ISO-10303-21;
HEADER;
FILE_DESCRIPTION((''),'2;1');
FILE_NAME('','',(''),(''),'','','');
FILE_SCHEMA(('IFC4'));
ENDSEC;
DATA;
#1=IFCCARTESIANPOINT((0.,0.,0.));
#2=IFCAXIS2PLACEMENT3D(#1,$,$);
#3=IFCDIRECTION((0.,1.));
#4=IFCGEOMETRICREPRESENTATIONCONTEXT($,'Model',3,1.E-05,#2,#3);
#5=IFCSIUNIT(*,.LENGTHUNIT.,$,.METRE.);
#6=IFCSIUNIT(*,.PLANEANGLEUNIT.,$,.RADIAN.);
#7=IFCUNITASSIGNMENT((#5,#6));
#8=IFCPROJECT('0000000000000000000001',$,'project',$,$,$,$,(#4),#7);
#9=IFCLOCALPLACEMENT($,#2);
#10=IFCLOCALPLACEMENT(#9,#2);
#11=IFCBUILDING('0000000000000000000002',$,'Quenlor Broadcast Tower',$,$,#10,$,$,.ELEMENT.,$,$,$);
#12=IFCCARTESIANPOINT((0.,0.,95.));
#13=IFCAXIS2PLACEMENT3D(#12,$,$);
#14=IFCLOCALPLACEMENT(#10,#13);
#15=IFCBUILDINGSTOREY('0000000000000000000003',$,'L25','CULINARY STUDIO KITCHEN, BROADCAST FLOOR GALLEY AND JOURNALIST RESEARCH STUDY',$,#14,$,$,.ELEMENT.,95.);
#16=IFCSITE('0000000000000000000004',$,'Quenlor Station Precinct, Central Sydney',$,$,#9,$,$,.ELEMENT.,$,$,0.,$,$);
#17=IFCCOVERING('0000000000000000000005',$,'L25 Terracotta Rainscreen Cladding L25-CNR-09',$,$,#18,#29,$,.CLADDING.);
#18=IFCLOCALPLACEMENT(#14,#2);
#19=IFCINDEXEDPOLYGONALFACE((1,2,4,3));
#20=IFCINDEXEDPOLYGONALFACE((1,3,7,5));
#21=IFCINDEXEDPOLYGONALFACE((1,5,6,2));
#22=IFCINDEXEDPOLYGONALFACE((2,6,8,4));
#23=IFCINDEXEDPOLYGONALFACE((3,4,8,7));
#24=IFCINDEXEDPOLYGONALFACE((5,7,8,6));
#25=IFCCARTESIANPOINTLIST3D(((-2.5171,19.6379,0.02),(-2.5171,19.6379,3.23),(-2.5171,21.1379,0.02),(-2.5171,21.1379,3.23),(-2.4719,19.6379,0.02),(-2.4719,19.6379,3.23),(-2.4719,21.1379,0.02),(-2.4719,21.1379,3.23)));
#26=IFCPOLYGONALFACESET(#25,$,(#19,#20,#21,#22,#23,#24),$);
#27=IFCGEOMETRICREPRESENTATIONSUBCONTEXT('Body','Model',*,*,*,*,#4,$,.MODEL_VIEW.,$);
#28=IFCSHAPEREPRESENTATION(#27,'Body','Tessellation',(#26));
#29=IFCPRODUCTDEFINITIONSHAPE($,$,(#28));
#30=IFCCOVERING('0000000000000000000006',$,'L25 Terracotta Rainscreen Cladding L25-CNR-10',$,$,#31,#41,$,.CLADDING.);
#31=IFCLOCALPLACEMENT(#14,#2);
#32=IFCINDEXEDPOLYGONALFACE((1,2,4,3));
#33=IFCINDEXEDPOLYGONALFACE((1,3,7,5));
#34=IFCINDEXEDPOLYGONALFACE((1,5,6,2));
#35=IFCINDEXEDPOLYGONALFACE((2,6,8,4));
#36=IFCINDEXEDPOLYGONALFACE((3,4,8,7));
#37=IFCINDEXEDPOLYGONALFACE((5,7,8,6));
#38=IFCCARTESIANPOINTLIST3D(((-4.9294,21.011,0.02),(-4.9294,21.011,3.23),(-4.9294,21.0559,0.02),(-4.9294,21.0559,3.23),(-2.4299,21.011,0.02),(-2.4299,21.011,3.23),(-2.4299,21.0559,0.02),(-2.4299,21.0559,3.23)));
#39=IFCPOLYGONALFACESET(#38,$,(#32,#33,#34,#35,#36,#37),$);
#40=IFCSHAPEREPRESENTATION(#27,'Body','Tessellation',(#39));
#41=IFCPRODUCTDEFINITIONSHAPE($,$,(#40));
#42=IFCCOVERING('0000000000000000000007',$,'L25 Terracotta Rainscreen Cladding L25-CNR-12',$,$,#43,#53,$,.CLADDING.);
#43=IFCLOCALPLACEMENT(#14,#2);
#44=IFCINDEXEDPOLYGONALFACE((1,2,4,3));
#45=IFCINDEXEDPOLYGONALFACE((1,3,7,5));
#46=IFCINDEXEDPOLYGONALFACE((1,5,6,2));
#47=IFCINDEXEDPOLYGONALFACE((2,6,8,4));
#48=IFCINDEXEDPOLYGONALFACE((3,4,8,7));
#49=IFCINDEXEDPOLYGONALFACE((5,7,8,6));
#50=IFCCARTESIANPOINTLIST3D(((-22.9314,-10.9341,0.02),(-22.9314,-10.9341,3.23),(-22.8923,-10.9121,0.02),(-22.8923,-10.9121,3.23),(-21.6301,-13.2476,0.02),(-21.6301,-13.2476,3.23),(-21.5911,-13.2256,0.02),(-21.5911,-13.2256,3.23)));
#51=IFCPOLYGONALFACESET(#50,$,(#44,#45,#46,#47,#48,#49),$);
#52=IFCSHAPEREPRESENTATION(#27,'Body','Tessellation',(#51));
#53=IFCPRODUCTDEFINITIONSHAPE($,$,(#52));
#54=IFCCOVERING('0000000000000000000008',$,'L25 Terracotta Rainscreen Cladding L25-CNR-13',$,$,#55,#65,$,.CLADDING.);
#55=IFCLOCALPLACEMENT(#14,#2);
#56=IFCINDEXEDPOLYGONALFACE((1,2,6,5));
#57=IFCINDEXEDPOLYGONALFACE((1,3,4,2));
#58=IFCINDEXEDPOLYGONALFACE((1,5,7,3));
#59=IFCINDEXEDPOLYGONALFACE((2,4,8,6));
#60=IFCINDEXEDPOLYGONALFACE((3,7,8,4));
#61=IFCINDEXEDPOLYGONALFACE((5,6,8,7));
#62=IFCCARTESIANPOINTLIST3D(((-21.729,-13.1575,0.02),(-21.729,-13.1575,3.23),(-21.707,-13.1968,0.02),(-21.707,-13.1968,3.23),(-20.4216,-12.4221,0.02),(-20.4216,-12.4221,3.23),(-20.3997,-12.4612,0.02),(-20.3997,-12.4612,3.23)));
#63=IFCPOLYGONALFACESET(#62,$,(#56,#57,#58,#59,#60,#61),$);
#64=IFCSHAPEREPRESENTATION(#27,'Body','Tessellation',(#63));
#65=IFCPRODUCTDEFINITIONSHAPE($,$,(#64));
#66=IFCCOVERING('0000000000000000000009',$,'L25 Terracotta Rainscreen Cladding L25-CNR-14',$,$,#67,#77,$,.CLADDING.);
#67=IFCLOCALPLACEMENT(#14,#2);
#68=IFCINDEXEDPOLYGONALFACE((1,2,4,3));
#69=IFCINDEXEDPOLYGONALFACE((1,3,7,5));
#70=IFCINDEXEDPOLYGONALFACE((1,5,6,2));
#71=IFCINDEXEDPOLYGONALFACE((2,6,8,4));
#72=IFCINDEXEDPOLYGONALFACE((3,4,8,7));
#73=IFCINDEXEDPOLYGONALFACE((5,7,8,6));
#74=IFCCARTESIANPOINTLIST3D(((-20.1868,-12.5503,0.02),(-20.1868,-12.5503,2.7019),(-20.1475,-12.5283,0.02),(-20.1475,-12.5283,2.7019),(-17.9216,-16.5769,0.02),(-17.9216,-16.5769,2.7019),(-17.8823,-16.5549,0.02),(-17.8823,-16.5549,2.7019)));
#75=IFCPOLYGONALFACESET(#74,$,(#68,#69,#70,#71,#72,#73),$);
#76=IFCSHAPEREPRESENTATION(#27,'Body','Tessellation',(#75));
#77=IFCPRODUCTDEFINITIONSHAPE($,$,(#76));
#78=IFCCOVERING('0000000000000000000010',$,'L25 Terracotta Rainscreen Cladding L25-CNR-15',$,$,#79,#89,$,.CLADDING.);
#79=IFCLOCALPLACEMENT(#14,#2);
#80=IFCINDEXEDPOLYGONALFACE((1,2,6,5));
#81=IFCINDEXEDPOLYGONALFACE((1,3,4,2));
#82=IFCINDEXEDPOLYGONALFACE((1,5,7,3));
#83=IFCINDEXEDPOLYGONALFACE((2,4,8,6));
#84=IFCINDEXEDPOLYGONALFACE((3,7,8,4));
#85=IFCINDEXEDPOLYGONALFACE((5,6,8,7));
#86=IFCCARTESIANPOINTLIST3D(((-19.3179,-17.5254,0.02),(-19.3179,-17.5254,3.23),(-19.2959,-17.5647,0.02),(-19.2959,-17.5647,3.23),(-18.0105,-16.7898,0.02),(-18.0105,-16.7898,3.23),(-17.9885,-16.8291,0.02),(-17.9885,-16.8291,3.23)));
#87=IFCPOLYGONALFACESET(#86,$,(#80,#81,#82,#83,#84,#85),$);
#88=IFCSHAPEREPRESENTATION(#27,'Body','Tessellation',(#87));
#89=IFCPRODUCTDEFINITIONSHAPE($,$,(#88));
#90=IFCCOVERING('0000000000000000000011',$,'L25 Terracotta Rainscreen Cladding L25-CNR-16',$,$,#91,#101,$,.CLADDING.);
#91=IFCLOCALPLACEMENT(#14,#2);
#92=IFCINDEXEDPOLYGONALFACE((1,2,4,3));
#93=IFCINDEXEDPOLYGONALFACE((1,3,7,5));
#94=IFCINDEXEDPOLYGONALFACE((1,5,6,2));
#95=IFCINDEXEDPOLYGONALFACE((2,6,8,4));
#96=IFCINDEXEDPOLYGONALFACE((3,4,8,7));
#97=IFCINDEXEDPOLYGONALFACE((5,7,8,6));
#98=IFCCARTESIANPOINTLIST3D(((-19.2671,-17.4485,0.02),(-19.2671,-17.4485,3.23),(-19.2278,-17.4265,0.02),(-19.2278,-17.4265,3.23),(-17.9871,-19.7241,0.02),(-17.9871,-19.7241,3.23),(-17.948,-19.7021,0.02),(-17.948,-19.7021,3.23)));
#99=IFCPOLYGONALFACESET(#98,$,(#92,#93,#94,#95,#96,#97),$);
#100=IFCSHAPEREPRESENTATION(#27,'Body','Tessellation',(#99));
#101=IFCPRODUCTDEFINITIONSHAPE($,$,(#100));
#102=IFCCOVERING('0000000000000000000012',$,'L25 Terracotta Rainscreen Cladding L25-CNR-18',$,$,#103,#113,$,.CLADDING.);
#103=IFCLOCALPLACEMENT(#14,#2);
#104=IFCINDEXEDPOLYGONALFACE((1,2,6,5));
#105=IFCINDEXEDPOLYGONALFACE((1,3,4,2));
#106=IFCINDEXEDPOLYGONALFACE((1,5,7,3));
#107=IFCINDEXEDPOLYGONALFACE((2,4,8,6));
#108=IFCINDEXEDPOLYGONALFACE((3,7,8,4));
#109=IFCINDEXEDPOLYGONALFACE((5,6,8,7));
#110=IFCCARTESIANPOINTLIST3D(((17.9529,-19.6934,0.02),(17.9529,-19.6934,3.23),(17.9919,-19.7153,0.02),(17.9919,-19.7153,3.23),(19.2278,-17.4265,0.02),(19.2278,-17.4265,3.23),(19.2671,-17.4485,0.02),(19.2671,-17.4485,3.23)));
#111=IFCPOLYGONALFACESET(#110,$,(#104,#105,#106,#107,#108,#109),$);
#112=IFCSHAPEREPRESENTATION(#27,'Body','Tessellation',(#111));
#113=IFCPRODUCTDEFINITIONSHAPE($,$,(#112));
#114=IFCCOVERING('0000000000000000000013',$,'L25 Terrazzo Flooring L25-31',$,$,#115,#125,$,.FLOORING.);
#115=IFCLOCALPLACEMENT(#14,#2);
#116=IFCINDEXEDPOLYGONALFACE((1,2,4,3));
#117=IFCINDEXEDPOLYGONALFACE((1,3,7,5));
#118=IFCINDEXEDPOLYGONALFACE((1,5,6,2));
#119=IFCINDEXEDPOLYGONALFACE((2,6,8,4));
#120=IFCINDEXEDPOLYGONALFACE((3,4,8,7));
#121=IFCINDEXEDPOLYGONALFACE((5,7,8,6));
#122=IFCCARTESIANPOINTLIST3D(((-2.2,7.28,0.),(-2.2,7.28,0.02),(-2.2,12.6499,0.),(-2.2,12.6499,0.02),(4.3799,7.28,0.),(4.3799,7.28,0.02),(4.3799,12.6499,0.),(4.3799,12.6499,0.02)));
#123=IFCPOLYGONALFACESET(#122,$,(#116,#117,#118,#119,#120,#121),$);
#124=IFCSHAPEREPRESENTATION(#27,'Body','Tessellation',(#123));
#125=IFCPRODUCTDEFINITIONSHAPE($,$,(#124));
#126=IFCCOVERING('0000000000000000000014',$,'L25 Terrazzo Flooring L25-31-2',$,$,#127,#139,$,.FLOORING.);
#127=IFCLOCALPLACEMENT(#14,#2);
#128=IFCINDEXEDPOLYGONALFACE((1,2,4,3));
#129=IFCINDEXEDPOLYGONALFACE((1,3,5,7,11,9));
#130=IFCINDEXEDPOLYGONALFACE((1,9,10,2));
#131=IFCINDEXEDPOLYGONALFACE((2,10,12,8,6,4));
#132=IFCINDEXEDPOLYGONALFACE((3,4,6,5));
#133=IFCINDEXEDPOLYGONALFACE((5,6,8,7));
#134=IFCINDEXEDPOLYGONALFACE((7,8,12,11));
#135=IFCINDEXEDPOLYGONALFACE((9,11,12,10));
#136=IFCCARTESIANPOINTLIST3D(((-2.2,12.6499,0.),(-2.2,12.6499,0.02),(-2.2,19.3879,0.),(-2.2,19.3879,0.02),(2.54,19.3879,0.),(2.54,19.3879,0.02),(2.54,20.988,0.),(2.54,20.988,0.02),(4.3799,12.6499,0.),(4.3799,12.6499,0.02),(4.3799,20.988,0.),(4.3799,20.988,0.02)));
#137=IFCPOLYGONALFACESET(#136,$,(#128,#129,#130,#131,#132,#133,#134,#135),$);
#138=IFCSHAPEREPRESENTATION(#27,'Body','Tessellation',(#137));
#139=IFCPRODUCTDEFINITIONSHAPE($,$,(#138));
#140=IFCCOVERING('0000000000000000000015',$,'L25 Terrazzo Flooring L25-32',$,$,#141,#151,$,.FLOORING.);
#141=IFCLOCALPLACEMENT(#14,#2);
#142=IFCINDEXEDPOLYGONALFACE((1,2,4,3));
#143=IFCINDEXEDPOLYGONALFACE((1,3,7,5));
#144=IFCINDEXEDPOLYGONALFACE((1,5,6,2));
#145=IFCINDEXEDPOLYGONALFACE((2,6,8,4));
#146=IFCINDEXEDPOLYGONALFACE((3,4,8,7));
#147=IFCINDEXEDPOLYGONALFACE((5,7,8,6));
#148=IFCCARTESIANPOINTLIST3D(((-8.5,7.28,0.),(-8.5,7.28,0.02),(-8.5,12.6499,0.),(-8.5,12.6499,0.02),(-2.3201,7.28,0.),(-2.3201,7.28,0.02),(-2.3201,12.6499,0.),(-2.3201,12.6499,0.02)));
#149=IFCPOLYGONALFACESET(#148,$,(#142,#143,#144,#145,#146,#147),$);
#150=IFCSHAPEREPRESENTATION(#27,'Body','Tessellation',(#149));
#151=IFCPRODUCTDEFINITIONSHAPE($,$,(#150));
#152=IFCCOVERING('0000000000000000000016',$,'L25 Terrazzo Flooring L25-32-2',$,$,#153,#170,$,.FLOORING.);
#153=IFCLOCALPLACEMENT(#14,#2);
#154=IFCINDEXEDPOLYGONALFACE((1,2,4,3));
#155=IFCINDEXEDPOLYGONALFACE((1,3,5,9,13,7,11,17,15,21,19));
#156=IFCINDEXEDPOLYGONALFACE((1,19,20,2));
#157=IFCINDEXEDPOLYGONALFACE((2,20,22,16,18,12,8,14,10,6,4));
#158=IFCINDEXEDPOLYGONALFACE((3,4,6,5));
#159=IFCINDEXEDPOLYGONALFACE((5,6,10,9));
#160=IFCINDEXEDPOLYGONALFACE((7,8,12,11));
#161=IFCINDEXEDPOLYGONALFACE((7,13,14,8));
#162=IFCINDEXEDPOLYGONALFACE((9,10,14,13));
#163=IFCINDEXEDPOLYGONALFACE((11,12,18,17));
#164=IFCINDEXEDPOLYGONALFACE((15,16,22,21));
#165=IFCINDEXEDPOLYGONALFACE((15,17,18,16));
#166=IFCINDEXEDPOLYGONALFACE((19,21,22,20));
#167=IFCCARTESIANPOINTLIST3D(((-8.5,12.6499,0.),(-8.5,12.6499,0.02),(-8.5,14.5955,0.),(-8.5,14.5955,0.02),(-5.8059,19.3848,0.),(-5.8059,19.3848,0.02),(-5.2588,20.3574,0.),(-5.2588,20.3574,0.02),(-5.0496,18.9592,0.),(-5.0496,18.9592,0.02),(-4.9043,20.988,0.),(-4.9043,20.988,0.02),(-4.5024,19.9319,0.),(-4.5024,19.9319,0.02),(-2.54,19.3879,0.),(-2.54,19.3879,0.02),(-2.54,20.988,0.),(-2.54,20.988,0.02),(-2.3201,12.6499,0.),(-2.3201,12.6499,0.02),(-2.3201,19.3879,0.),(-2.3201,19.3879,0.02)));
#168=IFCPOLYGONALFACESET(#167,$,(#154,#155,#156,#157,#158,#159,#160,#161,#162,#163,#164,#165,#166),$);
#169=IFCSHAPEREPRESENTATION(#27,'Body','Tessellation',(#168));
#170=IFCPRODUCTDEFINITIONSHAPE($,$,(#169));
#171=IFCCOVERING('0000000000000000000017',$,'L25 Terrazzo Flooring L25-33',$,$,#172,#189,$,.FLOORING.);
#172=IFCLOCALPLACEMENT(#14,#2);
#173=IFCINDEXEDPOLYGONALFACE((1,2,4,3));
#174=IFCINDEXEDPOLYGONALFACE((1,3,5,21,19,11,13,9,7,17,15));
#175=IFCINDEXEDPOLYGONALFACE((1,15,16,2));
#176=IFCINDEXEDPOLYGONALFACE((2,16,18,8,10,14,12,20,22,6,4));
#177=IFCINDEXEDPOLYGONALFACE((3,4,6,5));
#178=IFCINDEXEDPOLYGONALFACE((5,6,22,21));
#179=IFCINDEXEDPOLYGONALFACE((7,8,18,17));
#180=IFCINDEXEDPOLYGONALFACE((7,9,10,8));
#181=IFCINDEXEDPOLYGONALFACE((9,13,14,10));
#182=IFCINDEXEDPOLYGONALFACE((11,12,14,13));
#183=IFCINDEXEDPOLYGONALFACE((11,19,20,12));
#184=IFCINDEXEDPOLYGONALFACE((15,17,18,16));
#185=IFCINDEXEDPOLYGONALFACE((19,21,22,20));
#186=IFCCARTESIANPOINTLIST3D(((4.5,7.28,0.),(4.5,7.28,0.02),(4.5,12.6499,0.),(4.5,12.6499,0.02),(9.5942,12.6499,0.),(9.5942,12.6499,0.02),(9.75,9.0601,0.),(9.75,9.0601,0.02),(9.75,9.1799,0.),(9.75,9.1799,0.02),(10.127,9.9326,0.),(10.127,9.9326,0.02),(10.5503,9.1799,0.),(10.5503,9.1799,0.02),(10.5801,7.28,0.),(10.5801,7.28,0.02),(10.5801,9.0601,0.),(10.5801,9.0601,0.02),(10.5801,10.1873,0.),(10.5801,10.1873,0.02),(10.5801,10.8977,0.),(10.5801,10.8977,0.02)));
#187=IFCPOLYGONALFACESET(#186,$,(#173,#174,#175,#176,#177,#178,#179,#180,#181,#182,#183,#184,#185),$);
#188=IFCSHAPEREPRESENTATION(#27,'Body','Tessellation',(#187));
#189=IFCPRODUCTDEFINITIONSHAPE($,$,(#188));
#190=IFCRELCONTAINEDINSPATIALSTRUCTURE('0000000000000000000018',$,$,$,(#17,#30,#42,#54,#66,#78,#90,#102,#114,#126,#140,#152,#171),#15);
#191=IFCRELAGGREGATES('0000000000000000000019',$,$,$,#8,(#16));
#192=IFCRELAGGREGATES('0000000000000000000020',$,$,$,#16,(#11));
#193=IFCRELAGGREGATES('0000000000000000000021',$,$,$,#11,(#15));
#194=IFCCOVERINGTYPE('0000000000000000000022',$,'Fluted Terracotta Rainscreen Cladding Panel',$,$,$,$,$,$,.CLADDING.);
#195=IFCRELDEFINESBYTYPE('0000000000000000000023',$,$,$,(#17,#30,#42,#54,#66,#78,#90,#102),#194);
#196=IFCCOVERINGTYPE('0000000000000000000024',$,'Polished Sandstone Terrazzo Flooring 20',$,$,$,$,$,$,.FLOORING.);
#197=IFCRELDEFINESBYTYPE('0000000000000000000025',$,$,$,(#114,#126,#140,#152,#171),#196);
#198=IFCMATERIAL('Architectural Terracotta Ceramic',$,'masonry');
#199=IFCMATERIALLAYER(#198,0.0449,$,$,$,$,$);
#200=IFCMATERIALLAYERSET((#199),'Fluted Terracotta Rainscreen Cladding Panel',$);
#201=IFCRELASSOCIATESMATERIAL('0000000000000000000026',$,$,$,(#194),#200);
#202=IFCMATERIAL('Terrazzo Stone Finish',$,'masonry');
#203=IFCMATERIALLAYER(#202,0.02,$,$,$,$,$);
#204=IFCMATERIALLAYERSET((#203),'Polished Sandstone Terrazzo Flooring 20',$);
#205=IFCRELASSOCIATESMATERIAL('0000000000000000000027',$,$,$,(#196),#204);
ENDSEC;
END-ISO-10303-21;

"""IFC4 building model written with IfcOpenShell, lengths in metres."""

from ifc_helpers import new_model, si_unit, direction, frame, origin, place, context, subcontext, project, spatial, polyline, outline, extrude, material, layer, layer_set, type_object, element, save


model = new_model("IFC4")

# Units and contexts
model_context = context("Model", 3, precision=1e-05, world=origin(), true_north=direction((0.0, 1.0)))
body_context = subcontext(model_context, "Body", "Model", "MODEL_VIEW")
ifc_project = project(units=[si_unit("LENGTHUNIT", "METRE"), si_unit("PLANEANGLEUNIT", "RADIAN")], contexts=[model_context])

# Site, building, storey
site_placement = place(None, origin())
site = spatial("IfcSite", under=ifc_project, at=site_placement, Name="Quenlor Station Precinct, Central Sydney", CompositionType="ELEMENT", RefElevation=0.0)
building_placement = place(site_placement, origin())
building = spatial("IfcBuilding", under=site, at=building_placement, Name="Quenlor Broadcast Tower", CompositionType="ELEMENT")
storey_placement = place(building_placement, frame((0.0, 0.0, 95.0)))
storey = spatial("IfcBuildingStorey", under=building, at=storey_placement, Name="L25", Description="CULINARY STUDIO KITCHEN, BROADCAST FLOOR GALLEY AND JOURNALIST RESEARCH STUDY", CompositionType="ELEMENT", Elevation=95.0)

# Coverings
ifc_material_1 = material(Name="Architectural Terracotta Ceramic", Category="masonry")
ifc_layer_1 = layer(ifc_material_1, 0.0449)
ifc_layer_set_1 = layer_set([ifc_layer_1], Name="Fluted Terracotta Rainscreen Cladding Panel")
covering_type_1 = type_object("IfcCoveringType", Name="Fluted Terracotta Rainscreen Cladding Panel", PredefinedType="CLADDING", material=ifc_layer_set_1)
covering_1_placement = place(storey_placement, frame((0.0, 0.0, 0.02)))
element("IfcCovering", 1, at=covering_1_placement, inside=storey, type_object=covering_type_1, Name="L25 Terracotta Rainscreen Cladding L25-CNR-09", PredefinedType="CLADDING", context=body_context, shape_type="SweptSolid", body=[
    extrude(outline(polyline([(-2.4719, 19.6379), (-2.4719, 21.1379), (-2.5171, 21.1379), (-2.5171, 19.6379), (-2.4719, 19.6379)])), origin(), (0.0, 0.0, 1.0), 3.21),
])
covering_2_placement = place(storey_placement, frame((0.0, 0.0, 0.02)))
element("IfcCovering", 2, at=covering_2_placement, inside=storey, type_object=covering_type_1, Name="L25 Terracotta Rainscreen Cladding L25-CNR-10", PredefinedType="CLADDING", context=body_context, shape_type="SweptSolid", body=[
    extrude(outline(polyline([(-2.4299, 21.0559), (-4.9294, 21.0559), (-4.9294, 21.011), (-2.4299, 21.011), (-2.4299, 21.0559)])), origin(), (0.0, 0.0, 1.0), 3.21),
])
covering_3_placement = place(storey_placement, frame((0.0, 0.0, 0.02)))
element("IfcCovering", 3, at=covering_3_placement, inside=storey, type_object=covering_type_1, Name="L25 Terracotta Rainscreen Cladding L25-CNR-12", PredefinedType="CLADDING", context=body_context, shape_type="SweptSolid", body=[
    extrude(outline(polyline([(-22.9314, -10.9341), (-21.6301, -13.2476), (-21.5911, -13.2256), (-22.8923, -10.9121), (-22.9314, -10.9341)])), origin(), (0.0, 0.0, 1.0), 3.21),
])
covering_4_placement = place(storey_placement, frame((0.0, 0.0, 0.02)))
element("IfcCovering", 4, at=covering_4_placement, inside=storey, type_object=covering_type_1, Name="L25 Terracotta Rainscreen Cladding L25-CNR-13", PredefinedType="CLADDING", context=body_context, shape_type="SweptSolid", body=[
    extrude(outline(polyline([(-21.707, -13.1968), (-20.3997, -12.4612), (-20.4216, -12.4221), (-21.729, -13.1575), (-21.707, -13.1968)])), origin(), (0.0, 0.0, 1.0), 3.21),
])
covering_5_placement = place(storey_placement, frame((0.0, 0.0, 0.02)))
element("IfcCovering", 5, at=covering_5_placement, inside=storey, type_object=covering_type_1, Name="L25 Terracotta Rainscreen Cladding L25-CNR-14", PredefinedType="CLADDING", context=body_context, shape_type="SweptSolid", body=[
    extrude(outline(polyline([(-20.1868, -12.5503), (-17.9216, -16.5769), (-17.8823, -16.5549), (-20.1475, -12.5283), (-20.1868, -12.5503)])), origin(), (0.0, 0.0, 1.0), 2.6819),
])
covering_6_placement = place(storey_placement, frame((0.0, 0.0, 0.02)))
element("IfcCovering", 6, at=covering_6_placement, inside=storey, type_object=covering_type_1, Name="L25 Terracotta Rainscreen Cladding L25-CNR-15", PredefinedType="CLADDING", context=body_context, shape_type="SweptSolid", body=[
    extrude(outline(polyline([(-18.0105, -16.7898), (-19.3179, -17.5254), (-19.2959, -17.5647), (-17.9885, -16.8291), (-18.0105, -16.7898)])), origin(), (0.0, 0.0, 1.0), 3.21),
])
covering_7_placement = place(storey_placement, frame((0.0, 0.0, 0.02)))
element("IfcCovering", 7, at=covering_7_placement, inside=storey, type_object=covering_type_1, Name="L25 Terracotta Rainscreen Cladding L25-CNR-16", PredefinedType="CLADDING", context=body_context, shape_type="SweptSolid", body=[
    extrude(outline(polyline([(-19.2671, -17.4485), (-17.9871, -19.7241), (-17.948, -19.7021), (-19.2278, -17.4265), (-19.2671, -17.4485)])), origin(), (0.0, 0.0, 1.0), 3.21),
])
covering_8_placement = place(storey_placement, frame((0.0, 0.0, 0.02)))
element("IfcCovering", 8, at=covering_8_placement, inside=storey, type_object=covering_type_1, Name="L25 Terracotta Rainscreen Cladding L25-CNR-18", PredefinedType="CLADDING", context=body_context, shape_type="SweptSolid", body=[
    extrude(outline(polyline([(17.9919, -19.7153), (19.2671, -17.4485), (19.2278, -17.4265), (17.9529, -19.6934), (17.9919, -19.7153)])), origin(), (0.0, 0.0, 1.0), 3.21),
])
ifc_material_2 = material(Name="Terrazzo Stone Finish", Category="masonry")
ifc_layer_2 = layer(ifc_material_2, 0.02)
ifc_layer_set_2 = layer_set([ifc_layer_2], Name="Polished Sandstone Terrazzo Flooring 20")
covering_type_2 = type_object("IfcCoveringType", Name="Polished Sandstone Terrazzo Flooring 20", PredefinedType="FLOORING", material=ifc_layer_set_2)
covering_9_placement = place(storey_placement, origin())
element("IfcCovering", 9, at=covering_9_placement, inside=storey, type_object=covering_type_2, Name="L25 Terrazzo Flooring L25-31", PredefinedType="FLOORING", context=body_context, shape_type="SweptSolid", body=[
    extrude(outline(polyline([(4.3799, 7.28), (-2.2, 7.28), (-2.2, 12.6499), (4.3799, 12.6499), (4.3799, 7.28)])), origin(), (0.0, 0.0, 1.0), 0.02),
])
covering_10_placement = place(storey_placement, origin())
element("IfcCovering", 10, at=covering_10_placement, inside=storey, type_object=covering_type_2, Name="L25 Terrazzo Flooring L25-31-2", PredefinedType="FLOORING", context=body_context, shape_type="SweptSolid", body=[
    extrude(outline(polyline([(4.3799, 12.6499), (-2.2, 12.6499), (-2.2, 19.3879), (2.54, 19.3879), (2.54, 20.988), (4.3799, 20.988), (4.3799, 12.6499)])), origin(), (0.0, 0.0, 1.0), 0.02),
])
covering_11_placement = place(storey_placement, origin())
element("IfcCovering", 11, at=covering_11_placement, inside=storey, type_object=covering_type_2, Name="L25 Terrazzo Flooring L25-32", PredefinedType="FLOORING", context=body_context, shape_type="SweptSolid", body=[
    extrude(outline(polyline([(-2.3201, 7.28), (-8.5, 7.28), (-8.5, 12.6499), (-2.3201, 12.6499), (-2.3201, 7.28)])), origin(), (0.0, 0.0, 1.0), 0.02),
])
covering_12_placement = place(storey_placement, origin())
element("IfcCovering", 12, at=covering_12_placement, inside=storey, type_object=covering_type_2, Name="L25 Terrazzo Flooring L25-32-2", PredefinedType="FLOORING", context=body_context, shape_type="SweptSolid", body=[
    extrude(outline(polyline([(-2.3201, 19.3879), (-2.3201, 12.6499), (-8.5, 12.6499), (-8.5, 14.5955), (-5.8059, 19.3848), (-5.0496, 18.9592), (-4.5024, 19.9319), (-5.2588, 20.3574), (-4.9043, 20.988), (-2.54, 20.988), (-2.54, 19.3879), (-2.3201, 19.3879)])), origin(), (0.0, 0.0, 1.0), 0.02),
])
covering_13_placement = place(storey_placement, origin())
element("IfcCovering", 13, at=covering_13_placement, inside=storey, type_object=covering_type_2, Name="L25 Terrazzo Flooring L25-33", PredefinedType="FLOORING", context=body_context, shape_type="SweptSolid", body=[
    extrude(outline(polyline([(10.5801, 10.8977), (10.5801, 10.1873), (10.127, 9.9326), (10.5503, 9.1799), (9.75, 9.1799), (9.75, 9.0601), (10.5801, 9.0601), (10.5801, 7.28), (4.5, 7.28), (4.5, 12.6499), (9.5942, 12.6499), (10.5801, 10.8977)])), origin(), (0.0, 0.0, 1.0), 0.02),
])

save(model, "model.ifc")
